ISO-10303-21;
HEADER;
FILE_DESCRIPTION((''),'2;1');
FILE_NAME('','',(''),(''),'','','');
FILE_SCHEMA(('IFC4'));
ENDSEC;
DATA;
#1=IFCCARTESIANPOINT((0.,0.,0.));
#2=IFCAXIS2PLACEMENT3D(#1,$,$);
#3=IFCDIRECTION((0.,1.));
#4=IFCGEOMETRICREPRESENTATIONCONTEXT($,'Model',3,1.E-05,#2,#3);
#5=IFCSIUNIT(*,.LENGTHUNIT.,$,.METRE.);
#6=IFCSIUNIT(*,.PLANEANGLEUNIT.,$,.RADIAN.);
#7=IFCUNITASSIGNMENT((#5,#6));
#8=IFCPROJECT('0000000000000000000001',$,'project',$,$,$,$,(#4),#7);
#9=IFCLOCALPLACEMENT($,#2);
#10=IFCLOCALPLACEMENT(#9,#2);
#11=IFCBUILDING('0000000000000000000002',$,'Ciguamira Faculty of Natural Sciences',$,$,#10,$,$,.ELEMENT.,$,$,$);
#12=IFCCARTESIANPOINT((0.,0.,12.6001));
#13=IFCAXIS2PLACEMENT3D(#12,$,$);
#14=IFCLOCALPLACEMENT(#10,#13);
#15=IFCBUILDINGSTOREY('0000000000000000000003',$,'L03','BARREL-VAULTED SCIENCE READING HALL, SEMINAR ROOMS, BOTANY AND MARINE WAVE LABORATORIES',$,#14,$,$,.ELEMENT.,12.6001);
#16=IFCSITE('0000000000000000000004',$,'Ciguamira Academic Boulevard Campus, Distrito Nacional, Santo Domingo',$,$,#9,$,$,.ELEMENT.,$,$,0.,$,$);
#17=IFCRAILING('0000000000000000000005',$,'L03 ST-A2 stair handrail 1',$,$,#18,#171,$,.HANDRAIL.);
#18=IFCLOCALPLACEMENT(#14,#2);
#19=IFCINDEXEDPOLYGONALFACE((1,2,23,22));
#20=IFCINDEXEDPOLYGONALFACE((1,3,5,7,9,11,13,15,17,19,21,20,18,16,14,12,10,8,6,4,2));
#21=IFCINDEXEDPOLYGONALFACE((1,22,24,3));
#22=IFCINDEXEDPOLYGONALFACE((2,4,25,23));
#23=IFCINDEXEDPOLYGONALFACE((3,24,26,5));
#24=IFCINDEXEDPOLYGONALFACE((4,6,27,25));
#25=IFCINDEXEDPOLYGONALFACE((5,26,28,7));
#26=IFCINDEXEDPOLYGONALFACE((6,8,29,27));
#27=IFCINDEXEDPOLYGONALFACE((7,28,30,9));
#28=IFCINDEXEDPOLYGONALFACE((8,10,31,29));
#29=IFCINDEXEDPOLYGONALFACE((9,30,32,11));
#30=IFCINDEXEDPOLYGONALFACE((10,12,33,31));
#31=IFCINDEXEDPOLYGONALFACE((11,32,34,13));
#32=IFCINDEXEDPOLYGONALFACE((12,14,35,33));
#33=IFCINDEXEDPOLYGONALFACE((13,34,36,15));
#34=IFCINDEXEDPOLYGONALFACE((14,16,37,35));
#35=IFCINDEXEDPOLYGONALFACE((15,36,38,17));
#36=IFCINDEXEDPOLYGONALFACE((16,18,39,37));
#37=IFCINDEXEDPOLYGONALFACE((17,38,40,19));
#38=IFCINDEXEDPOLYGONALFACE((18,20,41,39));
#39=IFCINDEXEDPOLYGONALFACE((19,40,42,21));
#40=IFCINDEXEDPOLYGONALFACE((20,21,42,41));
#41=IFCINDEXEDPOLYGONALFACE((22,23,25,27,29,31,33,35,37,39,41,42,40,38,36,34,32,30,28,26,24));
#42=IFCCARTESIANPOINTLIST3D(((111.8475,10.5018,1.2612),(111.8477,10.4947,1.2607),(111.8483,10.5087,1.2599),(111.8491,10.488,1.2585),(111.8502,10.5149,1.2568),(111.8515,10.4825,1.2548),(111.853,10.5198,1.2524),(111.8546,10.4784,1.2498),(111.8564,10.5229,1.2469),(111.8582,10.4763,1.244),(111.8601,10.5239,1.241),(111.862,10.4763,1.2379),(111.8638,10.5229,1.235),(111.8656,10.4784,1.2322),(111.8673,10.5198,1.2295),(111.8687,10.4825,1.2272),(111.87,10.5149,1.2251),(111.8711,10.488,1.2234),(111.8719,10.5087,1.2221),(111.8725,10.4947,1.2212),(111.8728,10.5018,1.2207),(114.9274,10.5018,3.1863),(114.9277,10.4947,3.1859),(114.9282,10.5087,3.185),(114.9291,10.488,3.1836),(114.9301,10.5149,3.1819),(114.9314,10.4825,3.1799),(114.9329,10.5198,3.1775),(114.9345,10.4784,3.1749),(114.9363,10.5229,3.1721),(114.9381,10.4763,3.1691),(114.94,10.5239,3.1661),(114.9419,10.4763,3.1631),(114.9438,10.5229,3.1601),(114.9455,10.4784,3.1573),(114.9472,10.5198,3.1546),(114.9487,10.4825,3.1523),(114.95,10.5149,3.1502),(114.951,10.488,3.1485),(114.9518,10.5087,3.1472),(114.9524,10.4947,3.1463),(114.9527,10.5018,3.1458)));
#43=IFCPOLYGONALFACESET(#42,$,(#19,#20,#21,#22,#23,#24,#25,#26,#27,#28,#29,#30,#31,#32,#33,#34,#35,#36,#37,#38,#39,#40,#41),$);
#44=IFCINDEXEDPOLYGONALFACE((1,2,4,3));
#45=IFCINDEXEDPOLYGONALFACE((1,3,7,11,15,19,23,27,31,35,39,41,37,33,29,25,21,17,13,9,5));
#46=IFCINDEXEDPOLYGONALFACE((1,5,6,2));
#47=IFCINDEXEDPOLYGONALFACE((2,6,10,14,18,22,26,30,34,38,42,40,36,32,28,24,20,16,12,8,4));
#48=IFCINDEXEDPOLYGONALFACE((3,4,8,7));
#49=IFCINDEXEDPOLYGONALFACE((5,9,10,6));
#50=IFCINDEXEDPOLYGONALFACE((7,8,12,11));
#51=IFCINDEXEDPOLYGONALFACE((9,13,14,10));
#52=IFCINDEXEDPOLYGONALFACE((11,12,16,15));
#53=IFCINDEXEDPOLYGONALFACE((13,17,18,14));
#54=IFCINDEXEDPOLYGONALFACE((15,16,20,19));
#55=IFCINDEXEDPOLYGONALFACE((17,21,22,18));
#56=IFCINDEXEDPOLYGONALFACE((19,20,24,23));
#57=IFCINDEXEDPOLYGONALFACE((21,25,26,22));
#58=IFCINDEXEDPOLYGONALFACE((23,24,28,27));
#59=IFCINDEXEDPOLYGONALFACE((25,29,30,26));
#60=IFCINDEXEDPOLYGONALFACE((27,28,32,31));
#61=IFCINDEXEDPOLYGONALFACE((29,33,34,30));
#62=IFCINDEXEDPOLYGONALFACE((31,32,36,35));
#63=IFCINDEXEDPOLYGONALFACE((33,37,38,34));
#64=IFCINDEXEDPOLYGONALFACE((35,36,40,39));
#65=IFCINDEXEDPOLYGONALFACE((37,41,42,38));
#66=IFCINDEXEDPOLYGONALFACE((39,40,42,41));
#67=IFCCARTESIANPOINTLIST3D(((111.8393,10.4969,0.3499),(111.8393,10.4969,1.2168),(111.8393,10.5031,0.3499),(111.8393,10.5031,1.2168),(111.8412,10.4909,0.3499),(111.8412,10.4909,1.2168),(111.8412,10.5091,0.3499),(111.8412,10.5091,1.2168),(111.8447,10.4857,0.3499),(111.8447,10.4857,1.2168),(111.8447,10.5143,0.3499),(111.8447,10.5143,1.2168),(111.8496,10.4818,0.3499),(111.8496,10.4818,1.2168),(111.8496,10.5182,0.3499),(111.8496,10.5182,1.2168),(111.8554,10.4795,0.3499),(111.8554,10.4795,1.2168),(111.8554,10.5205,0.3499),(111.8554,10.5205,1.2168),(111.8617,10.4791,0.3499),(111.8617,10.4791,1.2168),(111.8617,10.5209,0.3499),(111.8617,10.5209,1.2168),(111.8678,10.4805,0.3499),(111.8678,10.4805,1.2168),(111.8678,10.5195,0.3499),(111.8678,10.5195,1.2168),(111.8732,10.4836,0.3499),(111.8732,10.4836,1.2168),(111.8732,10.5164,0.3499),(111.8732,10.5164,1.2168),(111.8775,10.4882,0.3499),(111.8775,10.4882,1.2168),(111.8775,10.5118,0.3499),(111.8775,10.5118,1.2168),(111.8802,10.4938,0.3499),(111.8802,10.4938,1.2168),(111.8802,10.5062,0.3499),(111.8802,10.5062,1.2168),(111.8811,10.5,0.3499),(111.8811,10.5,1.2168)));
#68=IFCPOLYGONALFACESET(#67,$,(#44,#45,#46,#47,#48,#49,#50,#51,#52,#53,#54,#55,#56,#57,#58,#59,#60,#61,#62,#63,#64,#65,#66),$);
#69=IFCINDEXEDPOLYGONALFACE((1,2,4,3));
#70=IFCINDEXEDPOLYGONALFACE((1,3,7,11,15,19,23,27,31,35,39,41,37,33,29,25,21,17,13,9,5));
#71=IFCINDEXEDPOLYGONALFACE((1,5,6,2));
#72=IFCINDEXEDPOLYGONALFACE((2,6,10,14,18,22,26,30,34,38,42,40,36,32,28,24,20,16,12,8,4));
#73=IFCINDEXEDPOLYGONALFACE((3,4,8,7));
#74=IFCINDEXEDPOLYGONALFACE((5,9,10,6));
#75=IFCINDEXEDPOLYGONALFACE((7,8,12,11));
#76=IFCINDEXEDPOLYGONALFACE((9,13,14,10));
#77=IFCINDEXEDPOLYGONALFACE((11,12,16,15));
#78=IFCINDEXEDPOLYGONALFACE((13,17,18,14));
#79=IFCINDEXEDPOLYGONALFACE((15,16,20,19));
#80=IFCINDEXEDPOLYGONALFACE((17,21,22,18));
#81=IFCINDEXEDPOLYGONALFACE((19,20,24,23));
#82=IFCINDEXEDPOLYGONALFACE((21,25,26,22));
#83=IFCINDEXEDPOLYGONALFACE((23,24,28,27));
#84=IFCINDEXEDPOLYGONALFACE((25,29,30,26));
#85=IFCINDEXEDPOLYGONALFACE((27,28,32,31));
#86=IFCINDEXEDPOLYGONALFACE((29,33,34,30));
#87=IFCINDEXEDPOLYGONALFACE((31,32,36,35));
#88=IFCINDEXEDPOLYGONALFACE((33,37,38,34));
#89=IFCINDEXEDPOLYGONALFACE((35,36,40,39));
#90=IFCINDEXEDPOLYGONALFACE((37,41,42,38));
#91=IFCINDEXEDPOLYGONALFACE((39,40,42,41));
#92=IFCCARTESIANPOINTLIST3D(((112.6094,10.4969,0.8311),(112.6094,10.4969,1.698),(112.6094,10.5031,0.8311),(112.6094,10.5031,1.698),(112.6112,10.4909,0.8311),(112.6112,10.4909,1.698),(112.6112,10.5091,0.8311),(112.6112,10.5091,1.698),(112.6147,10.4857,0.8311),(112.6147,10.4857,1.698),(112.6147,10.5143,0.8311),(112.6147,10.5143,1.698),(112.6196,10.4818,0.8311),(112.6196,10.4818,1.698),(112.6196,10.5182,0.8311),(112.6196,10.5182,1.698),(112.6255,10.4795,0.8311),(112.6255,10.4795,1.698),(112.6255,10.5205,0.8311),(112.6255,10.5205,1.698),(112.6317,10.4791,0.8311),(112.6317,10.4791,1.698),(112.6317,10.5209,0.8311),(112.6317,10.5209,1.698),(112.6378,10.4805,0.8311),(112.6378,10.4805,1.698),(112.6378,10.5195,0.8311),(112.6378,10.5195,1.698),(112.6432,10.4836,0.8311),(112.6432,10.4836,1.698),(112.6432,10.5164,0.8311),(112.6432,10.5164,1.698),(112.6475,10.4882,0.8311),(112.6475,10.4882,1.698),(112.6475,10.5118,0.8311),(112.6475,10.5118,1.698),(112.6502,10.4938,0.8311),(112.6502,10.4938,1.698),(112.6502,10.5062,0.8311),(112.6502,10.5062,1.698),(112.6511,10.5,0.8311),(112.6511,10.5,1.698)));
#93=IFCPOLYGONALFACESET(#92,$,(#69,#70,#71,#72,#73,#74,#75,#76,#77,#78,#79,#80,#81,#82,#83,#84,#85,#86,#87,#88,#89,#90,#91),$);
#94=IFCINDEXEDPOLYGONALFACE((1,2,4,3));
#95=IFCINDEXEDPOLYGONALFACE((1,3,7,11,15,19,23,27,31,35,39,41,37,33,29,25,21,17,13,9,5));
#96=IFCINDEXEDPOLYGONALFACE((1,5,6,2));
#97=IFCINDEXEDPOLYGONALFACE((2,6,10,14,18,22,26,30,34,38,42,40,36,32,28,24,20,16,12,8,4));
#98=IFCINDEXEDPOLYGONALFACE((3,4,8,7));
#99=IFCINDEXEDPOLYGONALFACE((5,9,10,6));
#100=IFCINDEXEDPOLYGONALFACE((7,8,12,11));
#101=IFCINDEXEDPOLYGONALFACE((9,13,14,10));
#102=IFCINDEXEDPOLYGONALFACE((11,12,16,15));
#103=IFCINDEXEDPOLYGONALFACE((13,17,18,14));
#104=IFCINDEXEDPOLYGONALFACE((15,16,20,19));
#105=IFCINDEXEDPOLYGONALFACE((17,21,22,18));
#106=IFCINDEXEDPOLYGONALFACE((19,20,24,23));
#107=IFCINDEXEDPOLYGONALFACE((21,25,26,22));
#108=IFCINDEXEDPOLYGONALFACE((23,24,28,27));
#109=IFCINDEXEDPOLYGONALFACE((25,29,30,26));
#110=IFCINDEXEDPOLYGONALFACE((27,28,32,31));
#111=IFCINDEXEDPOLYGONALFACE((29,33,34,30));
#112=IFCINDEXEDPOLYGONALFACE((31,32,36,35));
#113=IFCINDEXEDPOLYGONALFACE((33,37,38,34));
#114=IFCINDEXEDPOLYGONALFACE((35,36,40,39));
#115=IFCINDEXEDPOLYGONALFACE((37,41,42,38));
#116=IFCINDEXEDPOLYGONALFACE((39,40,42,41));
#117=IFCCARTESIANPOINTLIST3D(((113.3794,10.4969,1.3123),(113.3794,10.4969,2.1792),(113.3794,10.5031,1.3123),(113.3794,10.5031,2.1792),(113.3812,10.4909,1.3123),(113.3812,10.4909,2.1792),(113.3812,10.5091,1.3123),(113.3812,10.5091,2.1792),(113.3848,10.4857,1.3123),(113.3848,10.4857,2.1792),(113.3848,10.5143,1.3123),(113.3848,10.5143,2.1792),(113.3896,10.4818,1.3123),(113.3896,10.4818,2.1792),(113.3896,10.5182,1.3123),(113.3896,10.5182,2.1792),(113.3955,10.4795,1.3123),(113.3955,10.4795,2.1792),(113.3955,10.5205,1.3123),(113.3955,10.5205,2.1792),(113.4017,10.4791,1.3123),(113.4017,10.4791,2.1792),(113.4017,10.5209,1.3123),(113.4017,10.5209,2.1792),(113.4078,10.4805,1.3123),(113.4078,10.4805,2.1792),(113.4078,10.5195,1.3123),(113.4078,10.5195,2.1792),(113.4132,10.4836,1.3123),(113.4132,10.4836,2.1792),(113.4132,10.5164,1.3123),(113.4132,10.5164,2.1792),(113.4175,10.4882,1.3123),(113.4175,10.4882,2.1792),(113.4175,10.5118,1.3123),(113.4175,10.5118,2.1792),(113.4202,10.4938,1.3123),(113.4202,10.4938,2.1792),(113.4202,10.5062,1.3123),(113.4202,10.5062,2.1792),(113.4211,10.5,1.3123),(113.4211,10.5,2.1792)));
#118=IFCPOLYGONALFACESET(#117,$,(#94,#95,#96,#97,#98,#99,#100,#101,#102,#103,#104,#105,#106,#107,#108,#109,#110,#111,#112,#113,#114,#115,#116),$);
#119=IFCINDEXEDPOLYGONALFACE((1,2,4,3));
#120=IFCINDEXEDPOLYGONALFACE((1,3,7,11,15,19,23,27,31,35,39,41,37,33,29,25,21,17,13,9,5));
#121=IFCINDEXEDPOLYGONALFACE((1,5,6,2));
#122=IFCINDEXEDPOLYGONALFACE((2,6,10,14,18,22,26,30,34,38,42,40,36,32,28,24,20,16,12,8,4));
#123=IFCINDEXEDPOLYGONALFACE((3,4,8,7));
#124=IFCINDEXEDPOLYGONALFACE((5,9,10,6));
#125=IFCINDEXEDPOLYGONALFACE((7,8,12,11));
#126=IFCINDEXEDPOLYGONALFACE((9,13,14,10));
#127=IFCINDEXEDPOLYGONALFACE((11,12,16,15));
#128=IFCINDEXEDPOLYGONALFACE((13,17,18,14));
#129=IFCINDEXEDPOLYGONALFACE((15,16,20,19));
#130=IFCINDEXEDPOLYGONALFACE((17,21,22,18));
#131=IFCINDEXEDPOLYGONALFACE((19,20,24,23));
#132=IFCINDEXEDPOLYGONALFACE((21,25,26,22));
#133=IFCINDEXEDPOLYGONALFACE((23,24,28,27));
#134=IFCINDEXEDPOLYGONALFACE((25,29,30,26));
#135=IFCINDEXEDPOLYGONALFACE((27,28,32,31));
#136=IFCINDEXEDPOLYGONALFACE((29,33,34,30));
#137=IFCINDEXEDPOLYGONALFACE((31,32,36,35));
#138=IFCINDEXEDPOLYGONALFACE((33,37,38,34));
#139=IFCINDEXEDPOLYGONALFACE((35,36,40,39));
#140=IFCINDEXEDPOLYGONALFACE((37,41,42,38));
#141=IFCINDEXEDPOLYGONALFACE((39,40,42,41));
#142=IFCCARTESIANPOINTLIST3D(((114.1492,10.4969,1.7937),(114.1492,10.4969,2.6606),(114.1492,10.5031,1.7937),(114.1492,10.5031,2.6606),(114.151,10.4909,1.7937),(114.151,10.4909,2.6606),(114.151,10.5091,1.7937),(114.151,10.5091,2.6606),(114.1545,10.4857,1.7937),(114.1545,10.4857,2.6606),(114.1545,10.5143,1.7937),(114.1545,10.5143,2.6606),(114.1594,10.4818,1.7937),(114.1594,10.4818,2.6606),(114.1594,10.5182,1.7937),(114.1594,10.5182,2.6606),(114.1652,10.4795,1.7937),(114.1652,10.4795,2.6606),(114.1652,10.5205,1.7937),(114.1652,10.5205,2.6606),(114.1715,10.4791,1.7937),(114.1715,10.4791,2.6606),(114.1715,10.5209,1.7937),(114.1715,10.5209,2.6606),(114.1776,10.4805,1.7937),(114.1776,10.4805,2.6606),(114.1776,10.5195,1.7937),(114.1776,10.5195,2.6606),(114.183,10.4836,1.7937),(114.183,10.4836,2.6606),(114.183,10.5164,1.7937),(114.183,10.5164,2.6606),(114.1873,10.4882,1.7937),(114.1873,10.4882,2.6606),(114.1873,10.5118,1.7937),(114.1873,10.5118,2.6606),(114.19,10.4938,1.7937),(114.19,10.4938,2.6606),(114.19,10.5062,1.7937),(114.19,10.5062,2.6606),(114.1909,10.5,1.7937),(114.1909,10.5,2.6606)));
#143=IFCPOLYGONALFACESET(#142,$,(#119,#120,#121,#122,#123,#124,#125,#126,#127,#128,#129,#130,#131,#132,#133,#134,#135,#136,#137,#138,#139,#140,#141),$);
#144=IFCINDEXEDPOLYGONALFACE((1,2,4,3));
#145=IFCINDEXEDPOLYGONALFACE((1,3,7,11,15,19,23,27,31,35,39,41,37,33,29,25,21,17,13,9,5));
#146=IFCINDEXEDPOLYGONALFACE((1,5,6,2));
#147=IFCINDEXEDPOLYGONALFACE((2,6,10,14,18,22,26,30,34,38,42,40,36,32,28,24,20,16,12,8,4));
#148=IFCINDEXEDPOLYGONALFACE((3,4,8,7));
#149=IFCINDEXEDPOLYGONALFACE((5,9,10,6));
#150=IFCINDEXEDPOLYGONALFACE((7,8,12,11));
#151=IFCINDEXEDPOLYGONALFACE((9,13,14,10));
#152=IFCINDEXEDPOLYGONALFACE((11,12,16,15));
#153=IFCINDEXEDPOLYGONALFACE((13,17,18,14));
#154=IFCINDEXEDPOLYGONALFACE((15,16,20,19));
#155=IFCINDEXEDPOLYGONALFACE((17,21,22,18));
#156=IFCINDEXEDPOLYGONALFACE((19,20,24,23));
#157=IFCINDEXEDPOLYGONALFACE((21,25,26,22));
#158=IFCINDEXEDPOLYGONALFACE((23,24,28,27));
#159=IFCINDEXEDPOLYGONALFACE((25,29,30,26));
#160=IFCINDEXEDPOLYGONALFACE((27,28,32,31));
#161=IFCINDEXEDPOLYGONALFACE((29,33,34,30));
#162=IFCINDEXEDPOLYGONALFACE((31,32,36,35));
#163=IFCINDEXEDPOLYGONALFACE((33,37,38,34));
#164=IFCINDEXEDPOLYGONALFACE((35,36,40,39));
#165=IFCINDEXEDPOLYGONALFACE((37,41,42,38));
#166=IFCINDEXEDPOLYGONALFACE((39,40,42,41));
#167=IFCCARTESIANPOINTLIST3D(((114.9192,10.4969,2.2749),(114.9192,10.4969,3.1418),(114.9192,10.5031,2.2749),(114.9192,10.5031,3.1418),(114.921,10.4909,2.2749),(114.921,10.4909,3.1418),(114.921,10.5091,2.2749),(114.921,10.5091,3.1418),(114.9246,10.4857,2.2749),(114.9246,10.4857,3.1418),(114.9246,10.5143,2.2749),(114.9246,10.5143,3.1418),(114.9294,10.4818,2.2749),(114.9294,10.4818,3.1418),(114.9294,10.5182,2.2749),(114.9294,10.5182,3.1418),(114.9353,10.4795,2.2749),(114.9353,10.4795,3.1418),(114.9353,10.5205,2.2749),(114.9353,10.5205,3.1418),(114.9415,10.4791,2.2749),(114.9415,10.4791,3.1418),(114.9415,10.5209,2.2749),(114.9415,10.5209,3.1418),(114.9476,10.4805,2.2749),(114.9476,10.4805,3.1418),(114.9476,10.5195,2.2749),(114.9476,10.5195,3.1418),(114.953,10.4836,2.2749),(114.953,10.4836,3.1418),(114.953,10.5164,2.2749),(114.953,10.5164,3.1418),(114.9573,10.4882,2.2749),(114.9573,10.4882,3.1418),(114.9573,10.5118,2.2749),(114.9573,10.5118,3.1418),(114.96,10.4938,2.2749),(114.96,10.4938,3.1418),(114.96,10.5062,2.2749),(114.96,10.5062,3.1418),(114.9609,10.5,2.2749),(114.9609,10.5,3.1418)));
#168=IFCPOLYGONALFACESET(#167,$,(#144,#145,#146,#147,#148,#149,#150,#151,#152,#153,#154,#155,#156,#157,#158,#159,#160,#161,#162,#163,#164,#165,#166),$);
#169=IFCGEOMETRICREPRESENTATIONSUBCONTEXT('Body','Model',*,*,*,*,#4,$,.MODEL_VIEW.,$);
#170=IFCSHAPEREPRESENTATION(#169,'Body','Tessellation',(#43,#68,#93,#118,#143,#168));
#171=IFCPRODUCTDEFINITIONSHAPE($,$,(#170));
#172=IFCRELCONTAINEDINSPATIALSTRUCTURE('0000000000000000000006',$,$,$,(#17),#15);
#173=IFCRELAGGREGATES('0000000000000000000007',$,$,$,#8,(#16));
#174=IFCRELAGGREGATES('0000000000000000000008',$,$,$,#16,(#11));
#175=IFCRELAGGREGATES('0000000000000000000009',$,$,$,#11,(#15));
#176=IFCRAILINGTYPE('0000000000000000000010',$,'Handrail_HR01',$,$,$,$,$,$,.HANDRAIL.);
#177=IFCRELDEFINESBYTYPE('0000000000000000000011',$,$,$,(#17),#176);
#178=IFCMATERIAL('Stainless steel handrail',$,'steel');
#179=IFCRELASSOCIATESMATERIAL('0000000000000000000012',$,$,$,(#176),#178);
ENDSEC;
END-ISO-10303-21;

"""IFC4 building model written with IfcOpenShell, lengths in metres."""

from ifc_helpers import new_model, si_unit, direction, frame, origin, origin_2d, place, context, subcontext, project, spatial, circle, extrude, material, type_object, element, save


model = new_model("IFC4")

# Units and contexts
model_context = context("Model", 3, precision=1e-05, world=origin(), true_north=direction((0.0, 1.0)))
body_context = subcontext(model_context, "Body", "Model", "MODEL_VIEW")
ifc_project = project(units=[si_unit("LENGTHUNIT", "METRE"), si_unit("PLANEANGLEUNIT", "RADIAN")], contexts=[model_context])

# Site, building, storey
site_placement = place(None, origin())
site = spatial("IfcSite", under=ifc_project, at=site_placement, Name="Ciguamira Academic Boulevard Campus, Distrito Nacional, Santo Domingo", CompositionType="ELEMENT", RefElevation=0.0)
building_placement = place(site_placement, origin())
building = spatial("IfcBuilding", under=site, at=building_placement, Name="Ciguamira Faculty of Natural Sciences", CompositionType="ELEMENT")
storey_placement = place(building_placement, frame((0.0, 0.0, 12.6001)))
storey = spatial("IfcBuildingStorey", under=building, at=storey_placement, Name="L03", Description="BARREL-VAULTED SCIENCE READING HALL, SEMINAR ROOMS, BOTANY AND MARINE WAVE LABORATORIES", CompositionType="ELEMENT", Elevation=12.6001)

# Railing
ifc_material_1 = material(Name="Stainless steel handrail", Category="steel")
railing_type_1 = type_object("IfcRailingType", Name="Handrail_HR01", PredefinedType="HANDRAIL", material=ifc_material_1)
railing_1_placement = place(storey_placement, frame((111.8601, 10.5, 0.3499)))
element("IfcRailing", 1, at=railing_1_placement, inside=storey, type_object=railing_type_1, Name="L03 ST-A2 stair handrail 1", PredefinedType="HANDRAIL", context=body_context, shape_type="SweptSolid", body=[
    extrude(circle(Radius=0.0239, at=origin_2d()), frame((0.0, 0.0, 0.8911), z_axis=(0.847979, 0.0, 0.530029), x_axis=(0.0, 1.0, 0.0)), (0.0, 0.0, 1.0), 3.6321),
    extrude(circle(Radius=0.021, at=origin_2d()), origin(), (0.0, 0.0, 1.0), 0.8669),
    extrude(circle(Radius=0.021, at=origin_2d()), frame((0.77, 0.0, 0.4812)), (0.0, 0.0, 1.0), 0.8669),
    extrude(circle(Radius=0.021, at=origin_2d()), frame((1.54, 0.0, 0.9624)), (0.0, 0.0, 1.0), 0.8669),
    extrude(circle(Radius=0.021, at=origin_2d()), frame((2.3098, 0.0, 1.4438)), (0.0, 0.0, 1.0), 0.8669),
    extrude(circle(Radius=0.021, at=origin_2d()), frame((3.0798, 0.0, 1.925)), (0.0, 0.0, 1.0), 0.8669),
])

save(model, "model.ifc")
